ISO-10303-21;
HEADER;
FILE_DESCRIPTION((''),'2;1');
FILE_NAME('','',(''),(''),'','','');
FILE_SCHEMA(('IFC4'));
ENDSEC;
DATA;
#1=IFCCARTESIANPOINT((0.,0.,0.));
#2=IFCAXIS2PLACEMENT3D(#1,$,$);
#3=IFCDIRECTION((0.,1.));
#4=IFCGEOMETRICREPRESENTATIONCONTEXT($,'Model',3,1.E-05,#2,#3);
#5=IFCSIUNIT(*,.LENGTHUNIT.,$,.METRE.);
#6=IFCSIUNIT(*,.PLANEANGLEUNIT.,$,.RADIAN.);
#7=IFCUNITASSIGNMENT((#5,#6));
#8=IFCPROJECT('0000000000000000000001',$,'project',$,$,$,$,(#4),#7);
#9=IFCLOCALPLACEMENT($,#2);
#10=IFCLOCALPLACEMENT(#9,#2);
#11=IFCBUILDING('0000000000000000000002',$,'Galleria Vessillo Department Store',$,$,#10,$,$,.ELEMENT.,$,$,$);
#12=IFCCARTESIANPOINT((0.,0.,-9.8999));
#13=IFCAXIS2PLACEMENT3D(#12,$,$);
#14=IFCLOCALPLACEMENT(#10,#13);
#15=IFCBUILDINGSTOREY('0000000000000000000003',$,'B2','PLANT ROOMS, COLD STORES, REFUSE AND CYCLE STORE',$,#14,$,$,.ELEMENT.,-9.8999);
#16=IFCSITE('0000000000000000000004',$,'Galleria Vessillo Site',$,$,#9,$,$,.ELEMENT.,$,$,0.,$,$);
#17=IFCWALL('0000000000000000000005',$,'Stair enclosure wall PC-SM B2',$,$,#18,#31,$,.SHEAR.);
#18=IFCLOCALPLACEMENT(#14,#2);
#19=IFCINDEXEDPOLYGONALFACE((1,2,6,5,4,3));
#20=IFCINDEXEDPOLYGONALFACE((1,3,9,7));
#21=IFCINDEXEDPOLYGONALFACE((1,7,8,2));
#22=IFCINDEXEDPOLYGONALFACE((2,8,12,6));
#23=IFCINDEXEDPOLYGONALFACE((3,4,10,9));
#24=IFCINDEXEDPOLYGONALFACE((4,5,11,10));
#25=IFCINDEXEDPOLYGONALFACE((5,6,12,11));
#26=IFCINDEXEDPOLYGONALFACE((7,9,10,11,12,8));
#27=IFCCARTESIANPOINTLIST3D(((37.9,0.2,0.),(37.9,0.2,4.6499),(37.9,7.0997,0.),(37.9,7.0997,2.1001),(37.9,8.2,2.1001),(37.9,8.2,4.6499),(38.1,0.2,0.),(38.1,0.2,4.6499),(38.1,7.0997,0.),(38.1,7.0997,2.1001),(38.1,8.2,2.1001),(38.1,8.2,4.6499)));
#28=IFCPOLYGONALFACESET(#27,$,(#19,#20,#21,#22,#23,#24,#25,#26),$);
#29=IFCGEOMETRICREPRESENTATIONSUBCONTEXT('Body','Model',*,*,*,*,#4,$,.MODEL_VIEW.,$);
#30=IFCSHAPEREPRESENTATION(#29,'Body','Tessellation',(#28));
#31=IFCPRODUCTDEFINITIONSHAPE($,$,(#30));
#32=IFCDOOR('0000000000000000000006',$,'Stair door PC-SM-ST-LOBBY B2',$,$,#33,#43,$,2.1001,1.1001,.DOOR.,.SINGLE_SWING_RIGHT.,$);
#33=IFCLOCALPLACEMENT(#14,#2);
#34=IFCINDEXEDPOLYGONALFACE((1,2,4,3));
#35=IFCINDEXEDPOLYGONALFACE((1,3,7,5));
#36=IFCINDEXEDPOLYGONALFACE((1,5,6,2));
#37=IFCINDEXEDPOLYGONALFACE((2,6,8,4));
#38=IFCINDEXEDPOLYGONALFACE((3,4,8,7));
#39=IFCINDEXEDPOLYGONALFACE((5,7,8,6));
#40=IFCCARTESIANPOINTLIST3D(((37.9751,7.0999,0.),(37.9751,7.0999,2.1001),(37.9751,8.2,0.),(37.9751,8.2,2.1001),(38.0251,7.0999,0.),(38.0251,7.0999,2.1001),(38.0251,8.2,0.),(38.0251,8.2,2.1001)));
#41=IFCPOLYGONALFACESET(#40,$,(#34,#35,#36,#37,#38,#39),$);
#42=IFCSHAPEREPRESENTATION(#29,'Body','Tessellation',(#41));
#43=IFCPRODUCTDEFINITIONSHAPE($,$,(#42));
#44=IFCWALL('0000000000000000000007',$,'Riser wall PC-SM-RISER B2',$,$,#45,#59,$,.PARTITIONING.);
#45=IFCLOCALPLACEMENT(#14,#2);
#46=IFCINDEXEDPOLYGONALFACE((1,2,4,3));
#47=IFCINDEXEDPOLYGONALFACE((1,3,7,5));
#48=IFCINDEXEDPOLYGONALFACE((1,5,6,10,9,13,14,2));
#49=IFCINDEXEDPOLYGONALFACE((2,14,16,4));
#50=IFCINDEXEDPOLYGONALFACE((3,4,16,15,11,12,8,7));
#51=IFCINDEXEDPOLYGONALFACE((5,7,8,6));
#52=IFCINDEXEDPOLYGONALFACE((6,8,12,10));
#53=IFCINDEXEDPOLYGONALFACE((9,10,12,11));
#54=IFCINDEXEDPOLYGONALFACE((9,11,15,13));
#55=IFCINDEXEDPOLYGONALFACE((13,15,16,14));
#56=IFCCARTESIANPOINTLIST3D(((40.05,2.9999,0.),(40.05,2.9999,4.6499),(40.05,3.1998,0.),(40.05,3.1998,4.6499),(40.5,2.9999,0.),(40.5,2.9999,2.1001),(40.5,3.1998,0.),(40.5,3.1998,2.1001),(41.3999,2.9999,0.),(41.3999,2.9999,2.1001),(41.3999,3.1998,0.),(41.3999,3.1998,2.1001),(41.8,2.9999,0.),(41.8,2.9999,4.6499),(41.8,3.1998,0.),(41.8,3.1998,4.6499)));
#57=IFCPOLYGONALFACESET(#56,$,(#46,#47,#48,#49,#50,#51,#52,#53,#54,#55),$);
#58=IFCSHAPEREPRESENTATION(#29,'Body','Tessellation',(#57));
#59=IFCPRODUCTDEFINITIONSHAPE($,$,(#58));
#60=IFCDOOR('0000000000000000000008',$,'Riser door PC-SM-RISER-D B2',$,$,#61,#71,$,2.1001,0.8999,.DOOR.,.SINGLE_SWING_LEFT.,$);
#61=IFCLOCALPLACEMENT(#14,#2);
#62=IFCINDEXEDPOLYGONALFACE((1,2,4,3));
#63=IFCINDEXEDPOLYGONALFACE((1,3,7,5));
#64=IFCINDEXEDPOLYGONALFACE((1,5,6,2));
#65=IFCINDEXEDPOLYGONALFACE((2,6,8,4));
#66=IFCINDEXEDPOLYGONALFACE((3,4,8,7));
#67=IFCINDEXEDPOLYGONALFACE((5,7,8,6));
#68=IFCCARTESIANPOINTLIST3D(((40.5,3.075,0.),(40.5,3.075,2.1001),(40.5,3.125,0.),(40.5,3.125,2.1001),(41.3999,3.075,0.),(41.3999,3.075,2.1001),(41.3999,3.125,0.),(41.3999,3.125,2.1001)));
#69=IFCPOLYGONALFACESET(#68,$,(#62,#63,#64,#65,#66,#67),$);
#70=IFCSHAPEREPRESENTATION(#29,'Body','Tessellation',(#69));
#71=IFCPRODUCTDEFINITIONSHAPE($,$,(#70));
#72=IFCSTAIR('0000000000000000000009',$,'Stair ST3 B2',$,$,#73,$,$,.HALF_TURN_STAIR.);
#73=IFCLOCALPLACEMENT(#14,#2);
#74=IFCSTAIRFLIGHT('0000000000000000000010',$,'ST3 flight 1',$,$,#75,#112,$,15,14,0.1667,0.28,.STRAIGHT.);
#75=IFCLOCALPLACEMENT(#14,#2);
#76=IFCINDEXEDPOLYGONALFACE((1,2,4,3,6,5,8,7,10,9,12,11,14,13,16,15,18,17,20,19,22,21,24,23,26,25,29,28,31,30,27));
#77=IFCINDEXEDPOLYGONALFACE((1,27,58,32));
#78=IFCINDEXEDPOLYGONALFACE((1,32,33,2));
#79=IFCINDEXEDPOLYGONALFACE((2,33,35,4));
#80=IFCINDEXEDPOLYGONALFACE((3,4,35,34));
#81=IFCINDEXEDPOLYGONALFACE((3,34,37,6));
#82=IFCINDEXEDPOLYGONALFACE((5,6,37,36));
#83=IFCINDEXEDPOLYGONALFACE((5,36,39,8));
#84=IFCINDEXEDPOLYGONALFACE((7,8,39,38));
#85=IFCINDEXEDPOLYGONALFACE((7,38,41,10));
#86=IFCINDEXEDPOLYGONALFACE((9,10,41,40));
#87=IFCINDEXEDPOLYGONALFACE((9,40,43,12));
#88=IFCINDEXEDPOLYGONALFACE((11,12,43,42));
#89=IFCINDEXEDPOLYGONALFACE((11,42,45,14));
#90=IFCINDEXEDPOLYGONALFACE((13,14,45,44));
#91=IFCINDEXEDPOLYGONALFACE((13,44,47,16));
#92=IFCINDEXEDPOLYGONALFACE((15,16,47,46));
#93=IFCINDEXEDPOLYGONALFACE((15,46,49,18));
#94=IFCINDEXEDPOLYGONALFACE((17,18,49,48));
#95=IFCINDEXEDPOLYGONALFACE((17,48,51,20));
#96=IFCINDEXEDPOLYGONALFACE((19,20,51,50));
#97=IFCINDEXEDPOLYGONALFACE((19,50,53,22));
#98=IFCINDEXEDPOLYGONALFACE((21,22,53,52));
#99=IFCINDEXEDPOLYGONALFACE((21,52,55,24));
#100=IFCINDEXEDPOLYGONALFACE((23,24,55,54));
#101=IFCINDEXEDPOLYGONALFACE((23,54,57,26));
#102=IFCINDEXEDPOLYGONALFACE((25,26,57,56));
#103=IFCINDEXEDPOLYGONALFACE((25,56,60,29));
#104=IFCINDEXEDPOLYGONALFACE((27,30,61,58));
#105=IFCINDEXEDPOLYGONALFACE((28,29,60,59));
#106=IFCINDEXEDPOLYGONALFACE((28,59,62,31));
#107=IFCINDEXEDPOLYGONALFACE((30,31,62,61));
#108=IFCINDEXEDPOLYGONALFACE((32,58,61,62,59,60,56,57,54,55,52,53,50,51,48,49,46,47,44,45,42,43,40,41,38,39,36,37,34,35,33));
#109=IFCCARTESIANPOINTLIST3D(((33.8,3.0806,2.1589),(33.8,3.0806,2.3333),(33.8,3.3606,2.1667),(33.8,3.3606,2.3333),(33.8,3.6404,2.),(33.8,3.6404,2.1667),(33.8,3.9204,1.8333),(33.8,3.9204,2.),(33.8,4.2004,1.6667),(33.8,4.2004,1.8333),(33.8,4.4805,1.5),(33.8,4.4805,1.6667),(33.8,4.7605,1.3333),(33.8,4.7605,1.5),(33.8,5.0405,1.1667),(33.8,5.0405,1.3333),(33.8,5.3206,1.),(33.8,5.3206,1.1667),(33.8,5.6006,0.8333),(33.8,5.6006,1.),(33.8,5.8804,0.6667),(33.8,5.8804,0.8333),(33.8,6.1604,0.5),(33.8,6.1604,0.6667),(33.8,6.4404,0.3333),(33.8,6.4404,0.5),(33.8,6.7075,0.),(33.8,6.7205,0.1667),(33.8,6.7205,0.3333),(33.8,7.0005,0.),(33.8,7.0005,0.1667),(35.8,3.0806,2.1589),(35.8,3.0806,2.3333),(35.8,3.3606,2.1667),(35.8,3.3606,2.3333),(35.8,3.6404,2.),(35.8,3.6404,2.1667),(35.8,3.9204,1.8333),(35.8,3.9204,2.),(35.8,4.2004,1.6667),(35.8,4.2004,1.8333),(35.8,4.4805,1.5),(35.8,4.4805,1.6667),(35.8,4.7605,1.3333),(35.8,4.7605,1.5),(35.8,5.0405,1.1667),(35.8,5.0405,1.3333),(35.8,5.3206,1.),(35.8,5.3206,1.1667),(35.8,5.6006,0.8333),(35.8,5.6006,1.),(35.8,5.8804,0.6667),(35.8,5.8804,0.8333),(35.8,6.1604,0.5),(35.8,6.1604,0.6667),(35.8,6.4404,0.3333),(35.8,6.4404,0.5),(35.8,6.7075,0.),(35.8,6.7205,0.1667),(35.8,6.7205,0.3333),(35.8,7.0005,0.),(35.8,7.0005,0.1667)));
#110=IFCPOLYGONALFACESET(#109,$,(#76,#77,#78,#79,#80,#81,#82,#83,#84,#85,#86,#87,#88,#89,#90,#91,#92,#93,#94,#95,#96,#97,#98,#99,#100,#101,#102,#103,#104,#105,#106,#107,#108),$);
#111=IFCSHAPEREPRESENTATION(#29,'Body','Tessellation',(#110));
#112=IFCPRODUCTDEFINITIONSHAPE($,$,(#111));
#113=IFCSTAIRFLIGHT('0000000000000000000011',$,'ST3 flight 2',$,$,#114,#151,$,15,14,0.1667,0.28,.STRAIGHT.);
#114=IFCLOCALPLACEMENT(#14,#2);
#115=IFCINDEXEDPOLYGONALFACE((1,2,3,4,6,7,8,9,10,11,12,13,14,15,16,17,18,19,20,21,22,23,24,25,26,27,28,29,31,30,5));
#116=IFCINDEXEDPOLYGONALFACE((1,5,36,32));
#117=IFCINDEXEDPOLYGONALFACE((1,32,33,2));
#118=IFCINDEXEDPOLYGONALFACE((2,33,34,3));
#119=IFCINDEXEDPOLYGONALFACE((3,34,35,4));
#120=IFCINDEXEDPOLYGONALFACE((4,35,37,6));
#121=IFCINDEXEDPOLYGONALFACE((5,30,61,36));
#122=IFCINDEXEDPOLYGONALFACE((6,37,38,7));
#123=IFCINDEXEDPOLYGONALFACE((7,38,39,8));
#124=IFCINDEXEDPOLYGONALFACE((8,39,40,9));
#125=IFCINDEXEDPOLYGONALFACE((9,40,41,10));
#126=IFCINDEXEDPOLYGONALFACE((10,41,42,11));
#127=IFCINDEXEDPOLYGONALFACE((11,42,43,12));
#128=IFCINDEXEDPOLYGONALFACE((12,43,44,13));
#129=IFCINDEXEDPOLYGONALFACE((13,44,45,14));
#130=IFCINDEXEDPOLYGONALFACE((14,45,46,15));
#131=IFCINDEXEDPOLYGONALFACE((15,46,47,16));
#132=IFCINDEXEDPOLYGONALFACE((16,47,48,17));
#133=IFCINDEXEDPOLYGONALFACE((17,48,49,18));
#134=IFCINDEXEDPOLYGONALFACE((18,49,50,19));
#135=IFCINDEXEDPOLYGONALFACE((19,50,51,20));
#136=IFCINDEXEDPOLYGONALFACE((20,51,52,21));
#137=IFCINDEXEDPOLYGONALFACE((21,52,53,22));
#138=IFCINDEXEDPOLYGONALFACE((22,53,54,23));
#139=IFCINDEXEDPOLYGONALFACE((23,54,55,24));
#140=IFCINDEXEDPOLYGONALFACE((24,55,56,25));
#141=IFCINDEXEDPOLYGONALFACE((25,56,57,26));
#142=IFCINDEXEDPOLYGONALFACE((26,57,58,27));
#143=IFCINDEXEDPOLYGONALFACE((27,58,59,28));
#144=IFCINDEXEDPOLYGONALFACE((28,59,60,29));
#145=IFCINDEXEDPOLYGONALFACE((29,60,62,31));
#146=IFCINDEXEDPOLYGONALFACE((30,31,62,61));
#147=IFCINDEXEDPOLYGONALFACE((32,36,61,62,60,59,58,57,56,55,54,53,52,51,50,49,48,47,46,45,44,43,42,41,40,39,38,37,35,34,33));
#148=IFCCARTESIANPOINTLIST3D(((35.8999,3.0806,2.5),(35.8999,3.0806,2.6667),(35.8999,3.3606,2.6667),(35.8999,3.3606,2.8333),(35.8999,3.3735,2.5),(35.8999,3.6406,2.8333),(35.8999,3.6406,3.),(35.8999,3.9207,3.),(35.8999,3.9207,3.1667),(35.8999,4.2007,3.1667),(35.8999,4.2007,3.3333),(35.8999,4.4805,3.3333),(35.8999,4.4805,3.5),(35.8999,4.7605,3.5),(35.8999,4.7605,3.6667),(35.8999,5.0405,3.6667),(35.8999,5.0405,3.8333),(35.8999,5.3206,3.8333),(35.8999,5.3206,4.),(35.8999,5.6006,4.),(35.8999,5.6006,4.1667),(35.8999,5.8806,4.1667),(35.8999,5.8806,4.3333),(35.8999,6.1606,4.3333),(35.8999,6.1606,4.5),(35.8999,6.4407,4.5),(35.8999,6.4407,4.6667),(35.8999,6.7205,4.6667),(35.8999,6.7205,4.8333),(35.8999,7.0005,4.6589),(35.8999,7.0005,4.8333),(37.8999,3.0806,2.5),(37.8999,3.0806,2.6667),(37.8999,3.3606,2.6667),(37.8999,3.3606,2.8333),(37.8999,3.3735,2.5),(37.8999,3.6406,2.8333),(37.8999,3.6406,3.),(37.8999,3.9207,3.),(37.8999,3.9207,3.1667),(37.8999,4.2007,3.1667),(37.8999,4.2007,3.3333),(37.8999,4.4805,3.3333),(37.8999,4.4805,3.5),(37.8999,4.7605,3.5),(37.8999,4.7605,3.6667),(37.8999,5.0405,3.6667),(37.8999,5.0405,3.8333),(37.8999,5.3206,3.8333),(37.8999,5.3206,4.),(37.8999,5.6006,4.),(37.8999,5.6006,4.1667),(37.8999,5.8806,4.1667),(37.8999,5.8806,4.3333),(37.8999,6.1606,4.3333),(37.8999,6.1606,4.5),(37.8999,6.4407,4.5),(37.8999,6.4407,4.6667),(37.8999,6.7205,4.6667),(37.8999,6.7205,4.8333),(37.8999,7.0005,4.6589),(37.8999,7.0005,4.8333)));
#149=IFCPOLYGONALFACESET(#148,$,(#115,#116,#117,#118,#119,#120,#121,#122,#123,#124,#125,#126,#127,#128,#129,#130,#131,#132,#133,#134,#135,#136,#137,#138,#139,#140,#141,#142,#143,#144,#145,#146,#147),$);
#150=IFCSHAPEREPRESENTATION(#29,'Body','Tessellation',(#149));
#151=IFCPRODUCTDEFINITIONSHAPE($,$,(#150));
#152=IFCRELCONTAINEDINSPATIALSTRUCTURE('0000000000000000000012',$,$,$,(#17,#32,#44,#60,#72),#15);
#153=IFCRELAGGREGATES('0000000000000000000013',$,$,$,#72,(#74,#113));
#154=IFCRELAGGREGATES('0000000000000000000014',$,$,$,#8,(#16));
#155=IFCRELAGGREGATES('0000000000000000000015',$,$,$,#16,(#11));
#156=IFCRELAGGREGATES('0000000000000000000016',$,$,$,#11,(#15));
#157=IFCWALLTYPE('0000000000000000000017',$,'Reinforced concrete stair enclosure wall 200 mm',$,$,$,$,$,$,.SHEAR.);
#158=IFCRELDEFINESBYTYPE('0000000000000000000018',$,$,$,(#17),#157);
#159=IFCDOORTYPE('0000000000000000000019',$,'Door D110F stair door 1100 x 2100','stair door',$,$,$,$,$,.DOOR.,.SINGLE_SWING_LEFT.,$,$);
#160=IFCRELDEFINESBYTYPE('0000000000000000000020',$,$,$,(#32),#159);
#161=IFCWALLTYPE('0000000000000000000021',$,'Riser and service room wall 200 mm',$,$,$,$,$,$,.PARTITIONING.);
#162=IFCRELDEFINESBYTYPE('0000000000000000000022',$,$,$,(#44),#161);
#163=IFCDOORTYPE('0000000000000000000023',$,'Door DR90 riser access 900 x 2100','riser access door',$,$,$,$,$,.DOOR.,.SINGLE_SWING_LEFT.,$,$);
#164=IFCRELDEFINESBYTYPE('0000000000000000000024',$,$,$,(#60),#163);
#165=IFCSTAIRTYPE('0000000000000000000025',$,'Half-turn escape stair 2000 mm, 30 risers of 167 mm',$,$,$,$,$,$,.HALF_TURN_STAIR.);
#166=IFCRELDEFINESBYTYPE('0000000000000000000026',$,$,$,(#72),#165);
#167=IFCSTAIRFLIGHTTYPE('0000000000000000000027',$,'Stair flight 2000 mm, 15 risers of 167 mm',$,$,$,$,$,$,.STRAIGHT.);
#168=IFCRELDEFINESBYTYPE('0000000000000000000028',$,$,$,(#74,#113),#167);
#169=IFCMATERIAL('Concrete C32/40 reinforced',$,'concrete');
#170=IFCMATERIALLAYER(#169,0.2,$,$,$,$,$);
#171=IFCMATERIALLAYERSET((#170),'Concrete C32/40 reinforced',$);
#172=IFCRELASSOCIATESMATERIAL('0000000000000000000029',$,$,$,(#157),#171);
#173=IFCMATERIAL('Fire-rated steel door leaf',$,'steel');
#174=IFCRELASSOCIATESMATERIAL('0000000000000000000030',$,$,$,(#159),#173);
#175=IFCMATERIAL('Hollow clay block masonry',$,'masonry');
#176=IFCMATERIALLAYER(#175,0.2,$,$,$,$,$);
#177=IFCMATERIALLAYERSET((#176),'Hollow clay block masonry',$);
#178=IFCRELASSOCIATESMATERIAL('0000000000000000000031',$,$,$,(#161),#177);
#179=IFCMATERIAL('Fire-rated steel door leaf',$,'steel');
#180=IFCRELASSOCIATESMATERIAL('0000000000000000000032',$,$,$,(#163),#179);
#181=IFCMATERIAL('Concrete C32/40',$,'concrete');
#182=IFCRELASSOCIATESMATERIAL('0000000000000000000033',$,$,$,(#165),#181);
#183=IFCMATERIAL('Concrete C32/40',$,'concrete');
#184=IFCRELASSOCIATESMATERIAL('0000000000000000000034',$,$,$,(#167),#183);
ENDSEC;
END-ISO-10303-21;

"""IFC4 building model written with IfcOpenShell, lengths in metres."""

from ifc_helpers import new_model, si_unit, direction, frame, frame_2d, origin, place, context, subcontext, project, spatial, polyline, rectangle, outline, extrude, material, layer, layer_set, type_object, element, fill, aggregate, save


model = new_model("IFC4")

# Units and contexts
model_context = context("Model", 3, precision=1e-05, world=origin(), true_north=direction((0.0, 1.0)))
body_context = subcontext(model_context, "Body", "Model", "MODEL_VIEW")
ifc_project = project(units=[si_unit("LENGTHUNIT", "METRE"), si_unit("PLANEANGLEUNIT", "RADIAN")], contexts=[model_context])

# Site, building, storey
site_placement = place(None, origin())
site = spatial("IfcSite", under=ifc_project, at=site_placement, Name="Galleria Vessillo Site", CompositionType="ELEMENT", RefElevation=0.0)
building_placement = place(site_placement, origin())
building = spatial("IfcBuilding", under=site, at=building_placement, Name="Galleria Vessillo Department Store", CompositionType="ELEMENT")
storey_placement = place(building_placement, frame((0.0, 0.0, -9.8999)))
storey = spatial("IfcBuildingStorey", under=building, at=storey_placement, Name="B2", Description="PLANT ROOMS, COLD STORES, REFUSE AND CYCLE STORE", CompositionType="ELEMENT", Elevation=-9.8999)

# Walls, openings, doors
ifc_material_1 = material(Name="Concrete C32/40 reinforced", Category="concrete")
ifc_layer_1 = layer(ifc_material_1, 0.2)
ifc_layer_set_1 = layer_set([ifc_layer_1], Name="Concrete C32/40 reinforced")
wall_type_1 = type_object("IfcWallType", Name="Reinforced concrete stair enclosure wall 200 mm", PredefinedType="SHEAR", material=ifc_layer_set_1)
wall_1_placement = place(storey_placement, frame((38.0, 0.2, 0.0), z_axis=(0.0, 0.0, 1.0), x_axis=(0.0, 1.0, 0.0)))
wall_1 = element("IfcWall", 1, at=wall_1_placement, inside=storey, type_object=wall_type_1, Name="Stair enclosure wall PC-SM B2", PredefinedType="SHEAR", context=body_context, shape_type="SweptSolid", body=[
    extrude(rectangle(XDim=8.0, YDim=0.2, at=frame_2d((4.0, 0.0))), origin(), (0.0, 0.0, 1.0), 4.6499),
])
opening_1_placement = place(wall_1_placement, frame((6.8999, 0.0, 0.0)))
opening_1 = element("IfcOpeningElement", 2, at=opening_1_placement, cuts=wall_1, PredefinedType="OPENING", context=body_context, shape_type="SweptSolid", body=[
    extrude(rectangle(XDim=1.1101, YDim=2.1001, at=frame_2d((0.5549, 1.05))), frame((0.0, 0.1099, 0.0), z_axis=(0.0, -1.0, 0.0), x_axis=(1.0, 0.0, 0.0)), (0.0, 0.0, 1.0), 0.22),
])
ifc_material_2 = material(Name="Fire-rated steel door leaf", Category="steel")
door_type_1 = type_object("IfcDoorType", Name="Door D110F stair door 1100 x 2100", Description="stair door", OperationType="SINGLE_SWING_LEFT", PredefinedType="DOOR", material=ifc_material_2)
door_1_placement = place(opening_1_placement, origin())
door_1 = element("IfcDoor", 3, at=door_1_placement, inside=storey, type_object=door_type_1, Name="Stair door PC-SM-ST-LOBBY B2", OperationType="SINGLE_SWING_RIGHT", OverallHeight=2.1001, OverallWidth=1.1001, PredefinedType="DOOR", context=body_context, shape_type="SweptSolid", body=[
    extrude(rectangle(XDim=1.1001, YDim=2.1001, at=frame_2d((0.55, 1.05))), frame((0.0, 0.0249, 0.0), z_axis=(0.0, -1.0, 0.0), x_axis=(1.0, 0.0, 0.0)), (0.0, 0.0, 1.0), 0.05),
])
fill(opening_1, door_1)
ifc_material_3 = material(Name="Hollow clay block masonry", Category="masonry")
ifc_layer_2 = layer(ifc_material_3, 0.2)
ifc_layer_set_2 = layer_set([ifc_layer_2], Name="Hollow clay block masonry")
wall_type_2 = type_object("IfcWallType", Name="Riser and service room wall 200 mm", PredefinedType="PARTITIONING", material=ifc_layer_set_2)
wall_2_placement = place(storey_placement, frame((40.05, 3.0999, 0.0), z_axis=(0.0, 0.0, 1.0), x_axis=(1.0, 0.0, 0.0)))
wall_2 = element("IfcWall", 4, at=wall_2_placement, inside=storey, type_object=wall_type_2, Name="Riser wall PC-SM-RISER B2", PredefinedType="PARTITIONING", context=body_context, shape_type="SweptSolid", body=[
    extrude(rectangle(XDim=1.75, YDim=0.2, at=frame_2d((0.875, 0.0))), origin(), (0.0, 0.0, 1.0), 4.6499),
])
opening_2_placement = place(wall_2_placement, frame((0.45, 0.0, 0.0)))
opening_2 = element("IfcOpeningElement", 5, at=opening_2_placement, cuts=wall_2, PredefinedType="OPENING", context=body_context, shape_type="SweptSolid", body=[
    extrude(rectangle(XDim=0.8999, YDim=2.1001, at=frame_2d((0.45, 1.05))), frame((0.0, 0.1099, 0.0), z_axis=(0.0, -1.0, 0.0), x_axis=(1.0, 0.0, 0.0)), (0.0, 0.0, 1.0), 0.22),
])
ifc_material_4 = material(Name="Fire-rated steel door leaf", Category="steel")
door_type_2 = type_object("IfcDoorType", Name="Door DR90 riser access 900 x 2100", Description="riser access door", OperationType="SINGLE_SWING_LEFT", PredefinedType="DOOR", material=ifc_material_4)
door_2_placement = place(opening_2_placement, frame((0.8999, 0.0, 0.0), z_axis=(0.0, 0.0, 1.0), x_axis=(-1.0, 0.0, 0.0)))
door_2 = element("IfcDoor", 6, at=door_2_placement, inside=storey, type_object=door_type_2, Name="Riser door PC-SM-RISER-D B2", OperationType="SINGLE_SWING_LEFT", OverallHeight=2.1001, OverallWidth=0.8999, PredefinedType="DOOR", context=body_context, shape_type="SweptSolid", body=[
    extrude(rectangle(XDim=0.8999, YDim=2.1001, at=frame_2d((0.45, 1.05))), frame((0.0, 0.0249, 0.0), z_axis=(0.0, -1.0, 0.0), x_axis=(1.0, 0.0, 0.0)), (0.0, 0.0, 1.0), 0.05),
])
fill(opening_2, door_2)

# Stair, stair flights
ifc_material_5 = material(Name="Concrete C32/40", Category="concrete")
stair_type = type_object("IfcStairType", Name="Half-turn escape stair 2000 mm, 30 risers of 167 mm", PredefinedType="HALF_TURN_STAIR", material=ifc_material_5)
stair_placement = place(storey_placement, origin())
stair = element("IfcStair", 7, at=stair_placement, inside=storey, type_object=stair_type, Name="Stair ST3 B2", PredefinedType="HALF_TURN_STAIR")
ifc_material_6 = material(Name="Concrete C32/40", Category="concrete")
stair_flight_type = type_object("IfcStairFlightType", Name="Stair flight 2000 mm, 15 risers of 167 mm", PredefinedType="STRAIGHT", material=ifc_material_6)
stair_flight_1_placement = place(storey_placement, frame((34.8, 7.0005, 0.0), z_axis=(0.0, 0.0, 1.0), x_axis=(0.0, -1.0, 0.0)))
stair_flight_1 = element("IfcStairFlight", 8, at=stair_flight_1_placement, type_object=stair_flight_type, Name="ST3 flight 1", NumberOfRisers=15, NumberOfTreads=14, PredefinedType="STRAIGHT", RiserHeight=0.1667, TreadLength=0.28, context=body_context, shape_type="SweptSolid", body=[
    extrude(outline(polyline([(0.0, 0.0), (0.0, 0.1667), (0.28, 0.1667), (0.28, 0.3333), (0.5601, 0.3333), (0.5601, 0.5), (0.8401, 0.5), (0.8401, 0.6667), (1.1201, 0.6667), (1.1201, 0.8333), (1.3999, 0.8333), (1.3999, 1.0), (1.6799, 1.0), (1.6799, 1.1667), (1.96, 1.1667), (1.96, 1.3333), (2.24, 1.3333), (2.24, 1.5), (2.52, 1.5), (2.52, 1.6667), (2.8, 1.6667), (2.8, 1.8333), (3.0801, 1.8333), (3.0801, 2.0), (3.3601, 2.0), (3.3601, 2.1667), (3.6399, 2.1667), (3.6399, 2.3333), (3.9199, 2.3333), (3.9199, 2.5), (3.9199, 2.1589), (0.293, 0.0), (0.0, 0.0)])), frame((0.0, 1.0, 0.0), z_axis=(0.0, -1.0, 0.0), x_axis=(1.0, 0.0, 0.0)), (0.0, 0.0, 1.0), 2.0),
])
stair_flight_2_placement = place(storey_placement, frame((36.8999, 3.0806, 2.5), z_axis=(0.0, 0.0, 1.0), x_axis=(0.0, 1.0, 0.0)))
stair_flight_2 = element("IfcStairFlight", 9, at=stair_flight_2_placement, type_object=stair_flight_type, Name="ST3 flight 2", NumberOfRisers=15, NumberOfTreads=14, PredefinedType="STRAIGHT", RiserHeight=0.1667, TreadLength=0.28, context=body_context, shape_type="SweptSolid", body=[
    extrude(outline(polyline([(0.0, 0.0), (0.0, 0.1667), (0.28, 0.1667), (0.28, 0.3333), (0.5601, 0.3333), (0.5601, 0.5), (0.8401, 0.5), (0.8401, 0.6667), (1.1201, 0.6667), (1.1201, 0.8333), (1.3999, 0.8333), (1.3999, 1.0), (1.6799, 1.0), (1.6799, 1.1667), (1.96, 1.1667), (1.96, 1.3333), (2.24, 1.3333), (2.24, 1.5), (2.52, 1.5), (2.52, 1.6667), (2.8, 1.6667), (2.8, 1.8333), (3.0801, 1.8333), (3.0801, 2.0), (3.3601, 2.0), (3.3601, 2.1667), (3.6399, 2.1667), (3.6399, 2.3333), (3.9199, 2.3333), (3.9199, 2.5), (3.9199, 2.1589), (0.293, 0.0), (0.0, 0.0)])), frame((0.0, 1.0, 0.0), z_axis=(0.0, -1.0, 0.0), x_axis=(1.0, 0.0, 0.0)), (0.0, 0.0, 1.0), 2.0),
])
aggregate(stair, [stair_flight_1, stair_flight_2])

save(model, "model.ifc")
